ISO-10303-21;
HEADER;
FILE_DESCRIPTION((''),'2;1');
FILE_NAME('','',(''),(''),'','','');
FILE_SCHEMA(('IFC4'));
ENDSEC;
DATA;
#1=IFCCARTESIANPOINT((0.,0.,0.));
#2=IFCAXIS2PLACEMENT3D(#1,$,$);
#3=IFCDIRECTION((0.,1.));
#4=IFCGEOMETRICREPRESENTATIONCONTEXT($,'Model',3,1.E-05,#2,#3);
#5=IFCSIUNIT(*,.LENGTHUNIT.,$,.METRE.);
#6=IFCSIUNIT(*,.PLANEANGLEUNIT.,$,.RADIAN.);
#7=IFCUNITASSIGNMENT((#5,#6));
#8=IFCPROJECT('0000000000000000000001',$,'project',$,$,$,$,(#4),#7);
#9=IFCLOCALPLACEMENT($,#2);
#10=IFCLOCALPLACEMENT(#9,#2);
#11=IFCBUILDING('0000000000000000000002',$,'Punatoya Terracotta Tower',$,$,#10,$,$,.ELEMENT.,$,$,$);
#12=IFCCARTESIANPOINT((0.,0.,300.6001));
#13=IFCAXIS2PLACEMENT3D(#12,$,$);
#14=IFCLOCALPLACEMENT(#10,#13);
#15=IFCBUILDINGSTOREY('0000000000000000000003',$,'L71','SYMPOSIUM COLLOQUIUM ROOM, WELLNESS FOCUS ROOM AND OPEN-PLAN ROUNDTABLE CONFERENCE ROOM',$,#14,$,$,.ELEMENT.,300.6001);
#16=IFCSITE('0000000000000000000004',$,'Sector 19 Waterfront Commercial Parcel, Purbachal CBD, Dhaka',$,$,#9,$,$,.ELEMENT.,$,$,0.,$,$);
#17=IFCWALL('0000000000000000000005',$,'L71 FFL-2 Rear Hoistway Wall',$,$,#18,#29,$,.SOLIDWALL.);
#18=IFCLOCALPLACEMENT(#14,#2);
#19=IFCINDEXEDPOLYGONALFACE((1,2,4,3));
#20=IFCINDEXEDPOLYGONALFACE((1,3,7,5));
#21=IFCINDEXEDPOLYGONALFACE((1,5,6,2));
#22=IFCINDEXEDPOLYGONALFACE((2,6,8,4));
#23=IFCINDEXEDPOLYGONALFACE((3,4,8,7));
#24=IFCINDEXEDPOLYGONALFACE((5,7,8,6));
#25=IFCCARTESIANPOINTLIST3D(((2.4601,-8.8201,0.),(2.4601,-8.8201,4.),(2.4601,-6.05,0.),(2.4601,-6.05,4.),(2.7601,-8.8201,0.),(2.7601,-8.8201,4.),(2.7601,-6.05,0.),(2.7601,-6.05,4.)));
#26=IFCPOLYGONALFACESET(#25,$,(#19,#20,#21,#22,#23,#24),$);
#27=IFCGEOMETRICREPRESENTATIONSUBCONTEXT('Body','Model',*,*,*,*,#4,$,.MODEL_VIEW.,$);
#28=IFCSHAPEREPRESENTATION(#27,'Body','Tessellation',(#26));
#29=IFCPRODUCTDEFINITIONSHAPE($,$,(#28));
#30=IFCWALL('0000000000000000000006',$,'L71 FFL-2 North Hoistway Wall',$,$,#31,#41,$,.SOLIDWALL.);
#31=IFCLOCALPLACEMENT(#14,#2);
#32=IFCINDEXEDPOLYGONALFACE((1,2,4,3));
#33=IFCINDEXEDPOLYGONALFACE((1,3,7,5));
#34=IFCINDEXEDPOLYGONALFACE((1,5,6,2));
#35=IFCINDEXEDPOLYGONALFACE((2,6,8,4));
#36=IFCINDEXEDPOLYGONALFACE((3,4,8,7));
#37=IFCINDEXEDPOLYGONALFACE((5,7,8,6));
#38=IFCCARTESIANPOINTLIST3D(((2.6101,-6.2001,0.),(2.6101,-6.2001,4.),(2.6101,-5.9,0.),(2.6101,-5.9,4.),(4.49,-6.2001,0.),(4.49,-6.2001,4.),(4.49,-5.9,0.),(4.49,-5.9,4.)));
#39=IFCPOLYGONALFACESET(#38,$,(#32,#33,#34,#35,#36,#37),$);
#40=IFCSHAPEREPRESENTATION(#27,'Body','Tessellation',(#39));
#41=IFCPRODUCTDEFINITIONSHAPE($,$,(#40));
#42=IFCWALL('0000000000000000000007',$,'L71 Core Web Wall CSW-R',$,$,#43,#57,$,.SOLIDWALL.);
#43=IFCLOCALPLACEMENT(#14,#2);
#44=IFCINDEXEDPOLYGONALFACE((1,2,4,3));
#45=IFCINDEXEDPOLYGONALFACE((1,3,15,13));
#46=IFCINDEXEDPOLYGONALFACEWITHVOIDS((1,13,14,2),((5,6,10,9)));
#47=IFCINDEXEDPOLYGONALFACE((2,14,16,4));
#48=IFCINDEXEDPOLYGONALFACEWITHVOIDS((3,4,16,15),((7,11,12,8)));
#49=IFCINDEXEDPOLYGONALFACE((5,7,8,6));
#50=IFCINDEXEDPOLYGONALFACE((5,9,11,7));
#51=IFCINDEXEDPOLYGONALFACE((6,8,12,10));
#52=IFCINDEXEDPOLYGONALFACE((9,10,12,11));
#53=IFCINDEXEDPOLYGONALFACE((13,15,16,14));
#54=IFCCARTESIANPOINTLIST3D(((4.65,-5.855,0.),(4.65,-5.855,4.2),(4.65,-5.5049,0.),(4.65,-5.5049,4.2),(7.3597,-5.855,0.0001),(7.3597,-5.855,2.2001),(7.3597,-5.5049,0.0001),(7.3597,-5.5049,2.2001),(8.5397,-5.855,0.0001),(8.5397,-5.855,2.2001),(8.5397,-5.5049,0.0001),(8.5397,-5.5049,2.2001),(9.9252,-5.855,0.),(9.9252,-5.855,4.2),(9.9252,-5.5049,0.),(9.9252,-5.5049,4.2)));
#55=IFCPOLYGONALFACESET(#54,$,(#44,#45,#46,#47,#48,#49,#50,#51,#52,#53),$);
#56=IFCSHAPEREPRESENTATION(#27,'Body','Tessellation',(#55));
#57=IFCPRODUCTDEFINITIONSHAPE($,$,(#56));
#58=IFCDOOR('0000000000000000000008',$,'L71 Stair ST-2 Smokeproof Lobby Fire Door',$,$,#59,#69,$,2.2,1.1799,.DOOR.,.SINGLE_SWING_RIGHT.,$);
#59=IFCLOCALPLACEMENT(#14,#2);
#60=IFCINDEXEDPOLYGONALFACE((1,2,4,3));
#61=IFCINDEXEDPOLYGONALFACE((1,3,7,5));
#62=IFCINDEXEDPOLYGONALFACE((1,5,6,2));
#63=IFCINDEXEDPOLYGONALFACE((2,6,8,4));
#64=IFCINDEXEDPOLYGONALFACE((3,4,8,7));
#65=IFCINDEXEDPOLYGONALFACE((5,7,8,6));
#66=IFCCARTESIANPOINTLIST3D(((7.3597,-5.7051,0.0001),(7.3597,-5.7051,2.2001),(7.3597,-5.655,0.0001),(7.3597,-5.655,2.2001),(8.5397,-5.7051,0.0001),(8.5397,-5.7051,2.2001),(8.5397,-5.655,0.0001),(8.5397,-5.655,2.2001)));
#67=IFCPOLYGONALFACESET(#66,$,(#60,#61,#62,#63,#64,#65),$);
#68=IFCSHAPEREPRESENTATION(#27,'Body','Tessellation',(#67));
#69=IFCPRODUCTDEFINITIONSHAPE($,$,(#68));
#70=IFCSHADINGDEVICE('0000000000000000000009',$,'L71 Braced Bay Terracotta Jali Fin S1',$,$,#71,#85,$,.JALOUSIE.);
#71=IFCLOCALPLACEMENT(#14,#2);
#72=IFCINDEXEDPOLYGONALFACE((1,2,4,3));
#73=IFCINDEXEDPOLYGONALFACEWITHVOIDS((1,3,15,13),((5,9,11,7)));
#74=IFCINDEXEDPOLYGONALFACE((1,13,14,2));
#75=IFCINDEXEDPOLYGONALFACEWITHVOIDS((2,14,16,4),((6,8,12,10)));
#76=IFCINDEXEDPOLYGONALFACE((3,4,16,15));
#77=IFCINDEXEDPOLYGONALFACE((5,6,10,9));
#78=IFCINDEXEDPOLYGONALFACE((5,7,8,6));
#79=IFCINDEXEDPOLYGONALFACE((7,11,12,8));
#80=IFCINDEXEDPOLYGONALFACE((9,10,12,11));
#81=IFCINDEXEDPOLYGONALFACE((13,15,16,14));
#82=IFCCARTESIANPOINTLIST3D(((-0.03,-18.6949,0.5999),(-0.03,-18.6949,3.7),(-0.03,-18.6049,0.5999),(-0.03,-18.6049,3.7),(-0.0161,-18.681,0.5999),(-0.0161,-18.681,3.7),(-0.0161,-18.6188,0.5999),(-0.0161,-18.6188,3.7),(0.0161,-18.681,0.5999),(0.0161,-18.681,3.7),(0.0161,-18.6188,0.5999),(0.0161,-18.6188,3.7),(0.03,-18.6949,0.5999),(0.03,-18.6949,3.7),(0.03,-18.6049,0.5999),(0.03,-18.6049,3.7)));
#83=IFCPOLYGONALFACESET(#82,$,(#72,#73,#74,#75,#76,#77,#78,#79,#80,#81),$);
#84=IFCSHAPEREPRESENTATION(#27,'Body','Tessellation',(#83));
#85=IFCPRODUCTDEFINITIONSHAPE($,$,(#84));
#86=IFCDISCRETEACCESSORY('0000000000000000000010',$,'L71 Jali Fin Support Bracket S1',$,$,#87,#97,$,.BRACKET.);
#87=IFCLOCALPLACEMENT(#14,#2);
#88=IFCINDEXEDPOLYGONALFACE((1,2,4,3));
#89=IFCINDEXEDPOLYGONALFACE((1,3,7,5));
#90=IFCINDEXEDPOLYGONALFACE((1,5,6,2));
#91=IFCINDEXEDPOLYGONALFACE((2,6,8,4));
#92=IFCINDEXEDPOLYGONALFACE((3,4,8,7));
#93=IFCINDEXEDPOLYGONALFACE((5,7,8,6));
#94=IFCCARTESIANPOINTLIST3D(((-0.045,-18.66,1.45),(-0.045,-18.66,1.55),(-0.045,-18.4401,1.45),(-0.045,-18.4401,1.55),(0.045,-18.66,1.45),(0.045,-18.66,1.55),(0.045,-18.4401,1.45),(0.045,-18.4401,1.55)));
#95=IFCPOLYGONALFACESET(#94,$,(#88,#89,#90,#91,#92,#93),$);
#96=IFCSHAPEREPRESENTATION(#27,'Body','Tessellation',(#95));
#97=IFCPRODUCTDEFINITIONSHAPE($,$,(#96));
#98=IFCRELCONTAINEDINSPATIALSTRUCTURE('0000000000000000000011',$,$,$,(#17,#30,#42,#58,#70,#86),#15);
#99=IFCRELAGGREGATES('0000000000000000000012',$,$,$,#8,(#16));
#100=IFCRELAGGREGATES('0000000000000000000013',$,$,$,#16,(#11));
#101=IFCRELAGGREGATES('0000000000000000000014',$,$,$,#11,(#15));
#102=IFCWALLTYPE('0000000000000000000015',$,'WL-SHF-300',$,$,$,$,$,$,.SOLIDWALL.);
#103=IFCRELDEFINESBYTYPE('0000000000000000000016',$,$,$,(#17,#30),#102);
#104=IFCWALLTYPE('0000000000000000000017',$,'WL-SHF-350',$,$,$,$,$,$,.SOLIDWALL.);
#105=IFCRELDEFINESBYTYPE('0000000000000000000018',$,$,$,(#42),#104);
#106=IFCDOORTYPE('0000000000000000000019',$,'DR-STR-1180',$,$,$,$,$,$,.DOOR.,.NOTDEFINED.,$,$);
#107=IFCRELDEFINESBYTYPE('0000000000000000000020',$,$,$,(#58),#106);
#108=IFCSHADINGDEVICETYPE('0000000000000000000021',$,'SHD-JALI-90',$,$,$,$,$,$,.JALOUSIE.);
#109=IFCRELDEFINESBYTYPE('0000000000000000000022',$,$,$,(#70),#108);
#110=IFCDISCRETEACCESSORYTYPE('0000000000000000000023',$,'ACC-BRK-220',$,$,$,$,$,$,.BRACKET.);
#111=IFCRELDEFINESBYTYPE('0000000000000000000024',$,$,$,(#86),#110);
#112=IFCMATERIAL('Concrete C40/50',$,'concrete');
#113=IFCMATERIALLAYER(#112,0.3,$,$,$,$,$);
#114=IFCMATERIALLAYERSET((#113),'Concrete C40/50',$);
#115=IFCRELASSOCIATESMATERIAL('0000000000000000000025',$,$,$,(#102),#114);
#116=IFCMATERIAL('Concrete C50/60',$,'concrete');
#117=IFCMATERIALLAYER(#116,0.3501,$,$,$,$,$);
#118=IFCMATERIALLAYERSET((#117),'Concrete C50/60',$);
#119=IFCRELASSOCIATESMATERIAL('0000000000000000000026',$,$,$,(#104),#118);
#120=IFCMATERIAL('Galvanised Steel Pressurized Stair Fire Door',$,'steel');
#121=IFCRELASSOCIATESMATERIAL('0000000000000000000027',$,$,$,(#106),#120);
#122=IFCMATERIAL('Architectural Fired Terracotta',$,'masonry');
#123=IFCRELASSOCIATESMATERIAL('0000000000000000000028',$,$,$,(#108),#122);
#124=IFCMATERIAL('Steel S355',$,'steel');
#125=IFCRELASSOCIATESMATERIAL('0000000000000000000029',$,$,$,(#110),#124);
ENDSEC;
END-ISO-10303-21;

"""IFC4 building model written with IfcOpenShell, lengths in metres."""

from ifc_helpers import new_model, si_unit, direction, frame, frame_2d, origin, origin_2d, place, context, subcontext, project, spatial, rectangle, hollow_rectangle, extrude, material, layer, layer_set, material_profile, profile_set, type_object, element, fill, save


model = new_model("IFC4")

# Units and contexts
model_context = context("Model", 3, precision=1e-05, world=origin(), true_north=direction((0.0, 1.0)))
body_context = subcontext(model_context, "Body", "Model", "MODEL_VIEW")
ifc_project = project(units=[si_unit("LENGTHUNIT", "METRE"), si_unit("PLANEANGLEUNIT", "RADIAN")], contexts=[model_context])

# Site, building, storey
site_placement = place(None, origin())
site = spatial("IfcSite", under=ifc_project, at=site_placement, Name="Sector 19 Waterfront Commercial Parcel, Purbachal CBD, Dhaka", CompositionType="ELEMENT", RefElevation=0.0)
building_placement = place(site_placement, origin())
building = spatial("IfcBuilding", under=site, at=building_placement, Name="Punatoya Terracotta Tower", CompositionType="ELEMENT")
storey_placement = place(building_placement, frame((0.0, 0.0, 300.6001)))
storey = spatial("IfcBuildingStorey", under=building, at=storey_placement, Name="L71", Description="SYMPOSIUM COLLOQUIUM ROOM, WELLNESS FOCUS ROOM AND OPEN-PLAN ROUNDTABLE CONFERENCE ROOM", CompositionType="ELEMENT", Elevation=300.6001)

# Shared definitions
ifc_material_1 = material(Name="Steel S355", Category="steel")

# Shared definitions
ifc_material_2 = material(Name="Concrete C40/50", Category="concrete")

# Shared definitions
ifc_layer_1 = layer(ifc_material_2, 0.3)
ifc_layer_set_1 = layer_set([ifc_layer_1], Name="Concrete C40/50")
wall_type_1 = type_object("IfcWallType", Name="WL-SHF-300", PredefinedType="SOLIDWALL", material=ifc_layer_set_1)

# Walls
wall_1_placement = place(storey_placement, frame((2.6101, -8.8201, 0.0), z_axis=(0.0, 0.0, 1.0), x_axis=(0.0, 1.0, 0.0)))
element("IfcWall", 1, at=wall_1_placement, inside=storey, type_object=wall_type_1, Name="L71 FFL-2 Rear Hoistway Wall", PredefinedType="SOLIDWALL", context=body_context, shape_type="SweptSolid", body=[
    extrude(rectangle(XDim=2.77, YDim=0.3, at=frame_2d((1.385, 0.0))), origin(), (0.0, 0.0, 1.0), 4.0),
])
wall_2_placement = place(storey_placement, frame((2.6101, -6.05, 0.0), z_axis=(0.0, 0.0, 1.0), x_axis=(1.0, 0.0, 0.0)))
element("IfcWall", 2, at=wall_2_placement, inside=storey, type_object=wall_type_1, Name="L71 FFL-2 North Hoistway Wall", PredefinedType="SOLIDWALL", context=body_context, shape_type="SweptSolid", body=[
    extrude(rectangle(XDim=1.8799, YDim=0.3, at=frame_2d((0.9399, 0.0))), origin(), (0.0, 0.0, 1.0), 4.0),
])

# Wall, opening, door
ifc_material_3 = material(Name="Concrete C50/60", Category="concrete")
ifc_layer_2 = layer(ifc_material_3, 0.3501)
ifc_layer_set_2 = layer_set([ifc_layer_2], Name="Concrete C50/60")
wall_type_2 = type_object("IfcWallType", Name="WL-SHF-350", PredefinedType="SOLIDWALL", material=ifc_layer_set_2)
wall_3_placement = place(storey_placement, frame((4.6499, -5.6799, 0.0), z_axis=(0.0, 0.0, 1.0), x_axis=(1.0, 0.0, 0.0)))
wall_3 = element("IfcWall", 3, at=wall_3_placement, inside=storey, type_object=wall_type_2, Name="L71 Core Web Wall CSW-R", PredefinedType="SOLIDWALL", context=body_context, shape_type="SweptSolid", body=[
    extrude(rectangle(XDim=5.2751, YDim=0.3501, at=frame_2d((2.6377, 0.0))), origin(), (0.0, 0.0, 1.0), 4.2),
])
opening_1_placement = place(wall_3_placement, frame((2.71, 0.0, 0.0)))
opening_1 = element("IfcOpeningElement", 4, at=opening_1_placement, cuts=wall_3, PredefinedType="OPENING", context=body_context, shape_type="SweptSolid", body=[
    extrude(rectangle(XDim=1.1799, YDim=2.2, at=frame_2d((0.5898, 1.1001))), frame((0.0, 0.1851, 0.0), z_axis=(0.0, -1.0, 0.0), x_axis=(1.0, 0.0, 0.0)), (0.0, 0.0, 1.0), 0.3701),
])
ifc_material_4 = material(Name="Galvanised Steel Pressurized Stair Fire Door", Category="steel")
door_type_1 = type_object("IfcDoorType", Name="DR-STR-1180", OperationType="NOTDEFINED", PredefinedType="DOOR", material=ifc_material_4)
door_1_placement = place(opening_1_placement, origin())
door_1 = element("IfcDoor", 5, at=door_1_placement, inside=storey, type_object=door_type_1, Name="L71 Stair ST-2 Smokeproof Lobby Fire Door", OperationType="SINGLE_SWING_RIGHT", OverallHeight=2.2, OverallWidth=1.1799, PredefinedType="DOOR", context=body_context, shape_type="SweptSolid", body=[
    extrude(rectangle(XDim=1.1799, YDim=2.2, at=frame_2d((0.5898, 1.1001))), frame((0.0, 0.0249, 0.0), z_axis=(0.0, -1.0, 0.0), x_axis=(1.0, 0.0, 0.0)), (0.0, 0.0, 1.0), 0.05),
])
fill(opening_1, door_1)

# Shading device
ifc_material_5 = material(Name="Architectural Fired Terracotta", Category="masonry")
ifc_material_profile_1 = material_profile(ifc_material_5, hollow_rectangle(XDim=0.0601, YDim=0.0901, WallThickness=0.0139, at=origin_2d()))
ifc_profile_set_1 = profile_set([ifc_material_profile_1], Name="Architectural Fired Terracotta")
shading_device_type = type_object("IfcShadingDeviceType", Name="SHD-JALI-90", PredefinedType="JALOUSIE", material=ifc_profile_set_1)
shading_device_placement = place(storey_placement, frame((0.0, -18.6499, 0.5999), z_axis=(0.0, 0.0, 1.0), x_axis=(1.0, 0.0, 0.0)))
element("IfcShadingDevice", 6, at=shading_device_placement, inside=storey, type_object=shading_device_type, Name="L71 Braced Bay Terracotta Jali Fin S1", PredefinedType="JALOUSIE", context=body_context, shape_type="SweptSolid", body=[
    extrude(hollow_rectangle(XDim=0.0601, YDim=0.0901, WallThickness=0.0139, at=origin_2d()), origin(), (0.0, 0.0, 1.0), 3.1001),
])

# Discrete accessory
discrete_accessory_type = type_object("IfcDiscreteAccessoryType", Name="ACC-BRK-220", PredefinedType="BRACKET", material=ifc_material_1)
discrete_accessory_placement = place(storey_placement, frame((0.0, -18.55, 1.45), z_axis=(0.0, 0.0, 1.0), x_axis=(1.0, 0.0, 0.0)))
element("IfcDiscreteAccessory", 7, at=discrete_accessory_placement, inside=storey, type_object=discrete_accessory_type, Name="L71 Jali Fin Support Bracket S1", PredefinedType="BRACKET", context=body_context, shape_type="SweptSolid", body=[
    extrude(rectangle(XDim=0.0901, YDim=0.22, at=origin_2d()), origin(), (0.0, 0.0, 1.0), 0.1001),
])

save(model, "model.ifc")
